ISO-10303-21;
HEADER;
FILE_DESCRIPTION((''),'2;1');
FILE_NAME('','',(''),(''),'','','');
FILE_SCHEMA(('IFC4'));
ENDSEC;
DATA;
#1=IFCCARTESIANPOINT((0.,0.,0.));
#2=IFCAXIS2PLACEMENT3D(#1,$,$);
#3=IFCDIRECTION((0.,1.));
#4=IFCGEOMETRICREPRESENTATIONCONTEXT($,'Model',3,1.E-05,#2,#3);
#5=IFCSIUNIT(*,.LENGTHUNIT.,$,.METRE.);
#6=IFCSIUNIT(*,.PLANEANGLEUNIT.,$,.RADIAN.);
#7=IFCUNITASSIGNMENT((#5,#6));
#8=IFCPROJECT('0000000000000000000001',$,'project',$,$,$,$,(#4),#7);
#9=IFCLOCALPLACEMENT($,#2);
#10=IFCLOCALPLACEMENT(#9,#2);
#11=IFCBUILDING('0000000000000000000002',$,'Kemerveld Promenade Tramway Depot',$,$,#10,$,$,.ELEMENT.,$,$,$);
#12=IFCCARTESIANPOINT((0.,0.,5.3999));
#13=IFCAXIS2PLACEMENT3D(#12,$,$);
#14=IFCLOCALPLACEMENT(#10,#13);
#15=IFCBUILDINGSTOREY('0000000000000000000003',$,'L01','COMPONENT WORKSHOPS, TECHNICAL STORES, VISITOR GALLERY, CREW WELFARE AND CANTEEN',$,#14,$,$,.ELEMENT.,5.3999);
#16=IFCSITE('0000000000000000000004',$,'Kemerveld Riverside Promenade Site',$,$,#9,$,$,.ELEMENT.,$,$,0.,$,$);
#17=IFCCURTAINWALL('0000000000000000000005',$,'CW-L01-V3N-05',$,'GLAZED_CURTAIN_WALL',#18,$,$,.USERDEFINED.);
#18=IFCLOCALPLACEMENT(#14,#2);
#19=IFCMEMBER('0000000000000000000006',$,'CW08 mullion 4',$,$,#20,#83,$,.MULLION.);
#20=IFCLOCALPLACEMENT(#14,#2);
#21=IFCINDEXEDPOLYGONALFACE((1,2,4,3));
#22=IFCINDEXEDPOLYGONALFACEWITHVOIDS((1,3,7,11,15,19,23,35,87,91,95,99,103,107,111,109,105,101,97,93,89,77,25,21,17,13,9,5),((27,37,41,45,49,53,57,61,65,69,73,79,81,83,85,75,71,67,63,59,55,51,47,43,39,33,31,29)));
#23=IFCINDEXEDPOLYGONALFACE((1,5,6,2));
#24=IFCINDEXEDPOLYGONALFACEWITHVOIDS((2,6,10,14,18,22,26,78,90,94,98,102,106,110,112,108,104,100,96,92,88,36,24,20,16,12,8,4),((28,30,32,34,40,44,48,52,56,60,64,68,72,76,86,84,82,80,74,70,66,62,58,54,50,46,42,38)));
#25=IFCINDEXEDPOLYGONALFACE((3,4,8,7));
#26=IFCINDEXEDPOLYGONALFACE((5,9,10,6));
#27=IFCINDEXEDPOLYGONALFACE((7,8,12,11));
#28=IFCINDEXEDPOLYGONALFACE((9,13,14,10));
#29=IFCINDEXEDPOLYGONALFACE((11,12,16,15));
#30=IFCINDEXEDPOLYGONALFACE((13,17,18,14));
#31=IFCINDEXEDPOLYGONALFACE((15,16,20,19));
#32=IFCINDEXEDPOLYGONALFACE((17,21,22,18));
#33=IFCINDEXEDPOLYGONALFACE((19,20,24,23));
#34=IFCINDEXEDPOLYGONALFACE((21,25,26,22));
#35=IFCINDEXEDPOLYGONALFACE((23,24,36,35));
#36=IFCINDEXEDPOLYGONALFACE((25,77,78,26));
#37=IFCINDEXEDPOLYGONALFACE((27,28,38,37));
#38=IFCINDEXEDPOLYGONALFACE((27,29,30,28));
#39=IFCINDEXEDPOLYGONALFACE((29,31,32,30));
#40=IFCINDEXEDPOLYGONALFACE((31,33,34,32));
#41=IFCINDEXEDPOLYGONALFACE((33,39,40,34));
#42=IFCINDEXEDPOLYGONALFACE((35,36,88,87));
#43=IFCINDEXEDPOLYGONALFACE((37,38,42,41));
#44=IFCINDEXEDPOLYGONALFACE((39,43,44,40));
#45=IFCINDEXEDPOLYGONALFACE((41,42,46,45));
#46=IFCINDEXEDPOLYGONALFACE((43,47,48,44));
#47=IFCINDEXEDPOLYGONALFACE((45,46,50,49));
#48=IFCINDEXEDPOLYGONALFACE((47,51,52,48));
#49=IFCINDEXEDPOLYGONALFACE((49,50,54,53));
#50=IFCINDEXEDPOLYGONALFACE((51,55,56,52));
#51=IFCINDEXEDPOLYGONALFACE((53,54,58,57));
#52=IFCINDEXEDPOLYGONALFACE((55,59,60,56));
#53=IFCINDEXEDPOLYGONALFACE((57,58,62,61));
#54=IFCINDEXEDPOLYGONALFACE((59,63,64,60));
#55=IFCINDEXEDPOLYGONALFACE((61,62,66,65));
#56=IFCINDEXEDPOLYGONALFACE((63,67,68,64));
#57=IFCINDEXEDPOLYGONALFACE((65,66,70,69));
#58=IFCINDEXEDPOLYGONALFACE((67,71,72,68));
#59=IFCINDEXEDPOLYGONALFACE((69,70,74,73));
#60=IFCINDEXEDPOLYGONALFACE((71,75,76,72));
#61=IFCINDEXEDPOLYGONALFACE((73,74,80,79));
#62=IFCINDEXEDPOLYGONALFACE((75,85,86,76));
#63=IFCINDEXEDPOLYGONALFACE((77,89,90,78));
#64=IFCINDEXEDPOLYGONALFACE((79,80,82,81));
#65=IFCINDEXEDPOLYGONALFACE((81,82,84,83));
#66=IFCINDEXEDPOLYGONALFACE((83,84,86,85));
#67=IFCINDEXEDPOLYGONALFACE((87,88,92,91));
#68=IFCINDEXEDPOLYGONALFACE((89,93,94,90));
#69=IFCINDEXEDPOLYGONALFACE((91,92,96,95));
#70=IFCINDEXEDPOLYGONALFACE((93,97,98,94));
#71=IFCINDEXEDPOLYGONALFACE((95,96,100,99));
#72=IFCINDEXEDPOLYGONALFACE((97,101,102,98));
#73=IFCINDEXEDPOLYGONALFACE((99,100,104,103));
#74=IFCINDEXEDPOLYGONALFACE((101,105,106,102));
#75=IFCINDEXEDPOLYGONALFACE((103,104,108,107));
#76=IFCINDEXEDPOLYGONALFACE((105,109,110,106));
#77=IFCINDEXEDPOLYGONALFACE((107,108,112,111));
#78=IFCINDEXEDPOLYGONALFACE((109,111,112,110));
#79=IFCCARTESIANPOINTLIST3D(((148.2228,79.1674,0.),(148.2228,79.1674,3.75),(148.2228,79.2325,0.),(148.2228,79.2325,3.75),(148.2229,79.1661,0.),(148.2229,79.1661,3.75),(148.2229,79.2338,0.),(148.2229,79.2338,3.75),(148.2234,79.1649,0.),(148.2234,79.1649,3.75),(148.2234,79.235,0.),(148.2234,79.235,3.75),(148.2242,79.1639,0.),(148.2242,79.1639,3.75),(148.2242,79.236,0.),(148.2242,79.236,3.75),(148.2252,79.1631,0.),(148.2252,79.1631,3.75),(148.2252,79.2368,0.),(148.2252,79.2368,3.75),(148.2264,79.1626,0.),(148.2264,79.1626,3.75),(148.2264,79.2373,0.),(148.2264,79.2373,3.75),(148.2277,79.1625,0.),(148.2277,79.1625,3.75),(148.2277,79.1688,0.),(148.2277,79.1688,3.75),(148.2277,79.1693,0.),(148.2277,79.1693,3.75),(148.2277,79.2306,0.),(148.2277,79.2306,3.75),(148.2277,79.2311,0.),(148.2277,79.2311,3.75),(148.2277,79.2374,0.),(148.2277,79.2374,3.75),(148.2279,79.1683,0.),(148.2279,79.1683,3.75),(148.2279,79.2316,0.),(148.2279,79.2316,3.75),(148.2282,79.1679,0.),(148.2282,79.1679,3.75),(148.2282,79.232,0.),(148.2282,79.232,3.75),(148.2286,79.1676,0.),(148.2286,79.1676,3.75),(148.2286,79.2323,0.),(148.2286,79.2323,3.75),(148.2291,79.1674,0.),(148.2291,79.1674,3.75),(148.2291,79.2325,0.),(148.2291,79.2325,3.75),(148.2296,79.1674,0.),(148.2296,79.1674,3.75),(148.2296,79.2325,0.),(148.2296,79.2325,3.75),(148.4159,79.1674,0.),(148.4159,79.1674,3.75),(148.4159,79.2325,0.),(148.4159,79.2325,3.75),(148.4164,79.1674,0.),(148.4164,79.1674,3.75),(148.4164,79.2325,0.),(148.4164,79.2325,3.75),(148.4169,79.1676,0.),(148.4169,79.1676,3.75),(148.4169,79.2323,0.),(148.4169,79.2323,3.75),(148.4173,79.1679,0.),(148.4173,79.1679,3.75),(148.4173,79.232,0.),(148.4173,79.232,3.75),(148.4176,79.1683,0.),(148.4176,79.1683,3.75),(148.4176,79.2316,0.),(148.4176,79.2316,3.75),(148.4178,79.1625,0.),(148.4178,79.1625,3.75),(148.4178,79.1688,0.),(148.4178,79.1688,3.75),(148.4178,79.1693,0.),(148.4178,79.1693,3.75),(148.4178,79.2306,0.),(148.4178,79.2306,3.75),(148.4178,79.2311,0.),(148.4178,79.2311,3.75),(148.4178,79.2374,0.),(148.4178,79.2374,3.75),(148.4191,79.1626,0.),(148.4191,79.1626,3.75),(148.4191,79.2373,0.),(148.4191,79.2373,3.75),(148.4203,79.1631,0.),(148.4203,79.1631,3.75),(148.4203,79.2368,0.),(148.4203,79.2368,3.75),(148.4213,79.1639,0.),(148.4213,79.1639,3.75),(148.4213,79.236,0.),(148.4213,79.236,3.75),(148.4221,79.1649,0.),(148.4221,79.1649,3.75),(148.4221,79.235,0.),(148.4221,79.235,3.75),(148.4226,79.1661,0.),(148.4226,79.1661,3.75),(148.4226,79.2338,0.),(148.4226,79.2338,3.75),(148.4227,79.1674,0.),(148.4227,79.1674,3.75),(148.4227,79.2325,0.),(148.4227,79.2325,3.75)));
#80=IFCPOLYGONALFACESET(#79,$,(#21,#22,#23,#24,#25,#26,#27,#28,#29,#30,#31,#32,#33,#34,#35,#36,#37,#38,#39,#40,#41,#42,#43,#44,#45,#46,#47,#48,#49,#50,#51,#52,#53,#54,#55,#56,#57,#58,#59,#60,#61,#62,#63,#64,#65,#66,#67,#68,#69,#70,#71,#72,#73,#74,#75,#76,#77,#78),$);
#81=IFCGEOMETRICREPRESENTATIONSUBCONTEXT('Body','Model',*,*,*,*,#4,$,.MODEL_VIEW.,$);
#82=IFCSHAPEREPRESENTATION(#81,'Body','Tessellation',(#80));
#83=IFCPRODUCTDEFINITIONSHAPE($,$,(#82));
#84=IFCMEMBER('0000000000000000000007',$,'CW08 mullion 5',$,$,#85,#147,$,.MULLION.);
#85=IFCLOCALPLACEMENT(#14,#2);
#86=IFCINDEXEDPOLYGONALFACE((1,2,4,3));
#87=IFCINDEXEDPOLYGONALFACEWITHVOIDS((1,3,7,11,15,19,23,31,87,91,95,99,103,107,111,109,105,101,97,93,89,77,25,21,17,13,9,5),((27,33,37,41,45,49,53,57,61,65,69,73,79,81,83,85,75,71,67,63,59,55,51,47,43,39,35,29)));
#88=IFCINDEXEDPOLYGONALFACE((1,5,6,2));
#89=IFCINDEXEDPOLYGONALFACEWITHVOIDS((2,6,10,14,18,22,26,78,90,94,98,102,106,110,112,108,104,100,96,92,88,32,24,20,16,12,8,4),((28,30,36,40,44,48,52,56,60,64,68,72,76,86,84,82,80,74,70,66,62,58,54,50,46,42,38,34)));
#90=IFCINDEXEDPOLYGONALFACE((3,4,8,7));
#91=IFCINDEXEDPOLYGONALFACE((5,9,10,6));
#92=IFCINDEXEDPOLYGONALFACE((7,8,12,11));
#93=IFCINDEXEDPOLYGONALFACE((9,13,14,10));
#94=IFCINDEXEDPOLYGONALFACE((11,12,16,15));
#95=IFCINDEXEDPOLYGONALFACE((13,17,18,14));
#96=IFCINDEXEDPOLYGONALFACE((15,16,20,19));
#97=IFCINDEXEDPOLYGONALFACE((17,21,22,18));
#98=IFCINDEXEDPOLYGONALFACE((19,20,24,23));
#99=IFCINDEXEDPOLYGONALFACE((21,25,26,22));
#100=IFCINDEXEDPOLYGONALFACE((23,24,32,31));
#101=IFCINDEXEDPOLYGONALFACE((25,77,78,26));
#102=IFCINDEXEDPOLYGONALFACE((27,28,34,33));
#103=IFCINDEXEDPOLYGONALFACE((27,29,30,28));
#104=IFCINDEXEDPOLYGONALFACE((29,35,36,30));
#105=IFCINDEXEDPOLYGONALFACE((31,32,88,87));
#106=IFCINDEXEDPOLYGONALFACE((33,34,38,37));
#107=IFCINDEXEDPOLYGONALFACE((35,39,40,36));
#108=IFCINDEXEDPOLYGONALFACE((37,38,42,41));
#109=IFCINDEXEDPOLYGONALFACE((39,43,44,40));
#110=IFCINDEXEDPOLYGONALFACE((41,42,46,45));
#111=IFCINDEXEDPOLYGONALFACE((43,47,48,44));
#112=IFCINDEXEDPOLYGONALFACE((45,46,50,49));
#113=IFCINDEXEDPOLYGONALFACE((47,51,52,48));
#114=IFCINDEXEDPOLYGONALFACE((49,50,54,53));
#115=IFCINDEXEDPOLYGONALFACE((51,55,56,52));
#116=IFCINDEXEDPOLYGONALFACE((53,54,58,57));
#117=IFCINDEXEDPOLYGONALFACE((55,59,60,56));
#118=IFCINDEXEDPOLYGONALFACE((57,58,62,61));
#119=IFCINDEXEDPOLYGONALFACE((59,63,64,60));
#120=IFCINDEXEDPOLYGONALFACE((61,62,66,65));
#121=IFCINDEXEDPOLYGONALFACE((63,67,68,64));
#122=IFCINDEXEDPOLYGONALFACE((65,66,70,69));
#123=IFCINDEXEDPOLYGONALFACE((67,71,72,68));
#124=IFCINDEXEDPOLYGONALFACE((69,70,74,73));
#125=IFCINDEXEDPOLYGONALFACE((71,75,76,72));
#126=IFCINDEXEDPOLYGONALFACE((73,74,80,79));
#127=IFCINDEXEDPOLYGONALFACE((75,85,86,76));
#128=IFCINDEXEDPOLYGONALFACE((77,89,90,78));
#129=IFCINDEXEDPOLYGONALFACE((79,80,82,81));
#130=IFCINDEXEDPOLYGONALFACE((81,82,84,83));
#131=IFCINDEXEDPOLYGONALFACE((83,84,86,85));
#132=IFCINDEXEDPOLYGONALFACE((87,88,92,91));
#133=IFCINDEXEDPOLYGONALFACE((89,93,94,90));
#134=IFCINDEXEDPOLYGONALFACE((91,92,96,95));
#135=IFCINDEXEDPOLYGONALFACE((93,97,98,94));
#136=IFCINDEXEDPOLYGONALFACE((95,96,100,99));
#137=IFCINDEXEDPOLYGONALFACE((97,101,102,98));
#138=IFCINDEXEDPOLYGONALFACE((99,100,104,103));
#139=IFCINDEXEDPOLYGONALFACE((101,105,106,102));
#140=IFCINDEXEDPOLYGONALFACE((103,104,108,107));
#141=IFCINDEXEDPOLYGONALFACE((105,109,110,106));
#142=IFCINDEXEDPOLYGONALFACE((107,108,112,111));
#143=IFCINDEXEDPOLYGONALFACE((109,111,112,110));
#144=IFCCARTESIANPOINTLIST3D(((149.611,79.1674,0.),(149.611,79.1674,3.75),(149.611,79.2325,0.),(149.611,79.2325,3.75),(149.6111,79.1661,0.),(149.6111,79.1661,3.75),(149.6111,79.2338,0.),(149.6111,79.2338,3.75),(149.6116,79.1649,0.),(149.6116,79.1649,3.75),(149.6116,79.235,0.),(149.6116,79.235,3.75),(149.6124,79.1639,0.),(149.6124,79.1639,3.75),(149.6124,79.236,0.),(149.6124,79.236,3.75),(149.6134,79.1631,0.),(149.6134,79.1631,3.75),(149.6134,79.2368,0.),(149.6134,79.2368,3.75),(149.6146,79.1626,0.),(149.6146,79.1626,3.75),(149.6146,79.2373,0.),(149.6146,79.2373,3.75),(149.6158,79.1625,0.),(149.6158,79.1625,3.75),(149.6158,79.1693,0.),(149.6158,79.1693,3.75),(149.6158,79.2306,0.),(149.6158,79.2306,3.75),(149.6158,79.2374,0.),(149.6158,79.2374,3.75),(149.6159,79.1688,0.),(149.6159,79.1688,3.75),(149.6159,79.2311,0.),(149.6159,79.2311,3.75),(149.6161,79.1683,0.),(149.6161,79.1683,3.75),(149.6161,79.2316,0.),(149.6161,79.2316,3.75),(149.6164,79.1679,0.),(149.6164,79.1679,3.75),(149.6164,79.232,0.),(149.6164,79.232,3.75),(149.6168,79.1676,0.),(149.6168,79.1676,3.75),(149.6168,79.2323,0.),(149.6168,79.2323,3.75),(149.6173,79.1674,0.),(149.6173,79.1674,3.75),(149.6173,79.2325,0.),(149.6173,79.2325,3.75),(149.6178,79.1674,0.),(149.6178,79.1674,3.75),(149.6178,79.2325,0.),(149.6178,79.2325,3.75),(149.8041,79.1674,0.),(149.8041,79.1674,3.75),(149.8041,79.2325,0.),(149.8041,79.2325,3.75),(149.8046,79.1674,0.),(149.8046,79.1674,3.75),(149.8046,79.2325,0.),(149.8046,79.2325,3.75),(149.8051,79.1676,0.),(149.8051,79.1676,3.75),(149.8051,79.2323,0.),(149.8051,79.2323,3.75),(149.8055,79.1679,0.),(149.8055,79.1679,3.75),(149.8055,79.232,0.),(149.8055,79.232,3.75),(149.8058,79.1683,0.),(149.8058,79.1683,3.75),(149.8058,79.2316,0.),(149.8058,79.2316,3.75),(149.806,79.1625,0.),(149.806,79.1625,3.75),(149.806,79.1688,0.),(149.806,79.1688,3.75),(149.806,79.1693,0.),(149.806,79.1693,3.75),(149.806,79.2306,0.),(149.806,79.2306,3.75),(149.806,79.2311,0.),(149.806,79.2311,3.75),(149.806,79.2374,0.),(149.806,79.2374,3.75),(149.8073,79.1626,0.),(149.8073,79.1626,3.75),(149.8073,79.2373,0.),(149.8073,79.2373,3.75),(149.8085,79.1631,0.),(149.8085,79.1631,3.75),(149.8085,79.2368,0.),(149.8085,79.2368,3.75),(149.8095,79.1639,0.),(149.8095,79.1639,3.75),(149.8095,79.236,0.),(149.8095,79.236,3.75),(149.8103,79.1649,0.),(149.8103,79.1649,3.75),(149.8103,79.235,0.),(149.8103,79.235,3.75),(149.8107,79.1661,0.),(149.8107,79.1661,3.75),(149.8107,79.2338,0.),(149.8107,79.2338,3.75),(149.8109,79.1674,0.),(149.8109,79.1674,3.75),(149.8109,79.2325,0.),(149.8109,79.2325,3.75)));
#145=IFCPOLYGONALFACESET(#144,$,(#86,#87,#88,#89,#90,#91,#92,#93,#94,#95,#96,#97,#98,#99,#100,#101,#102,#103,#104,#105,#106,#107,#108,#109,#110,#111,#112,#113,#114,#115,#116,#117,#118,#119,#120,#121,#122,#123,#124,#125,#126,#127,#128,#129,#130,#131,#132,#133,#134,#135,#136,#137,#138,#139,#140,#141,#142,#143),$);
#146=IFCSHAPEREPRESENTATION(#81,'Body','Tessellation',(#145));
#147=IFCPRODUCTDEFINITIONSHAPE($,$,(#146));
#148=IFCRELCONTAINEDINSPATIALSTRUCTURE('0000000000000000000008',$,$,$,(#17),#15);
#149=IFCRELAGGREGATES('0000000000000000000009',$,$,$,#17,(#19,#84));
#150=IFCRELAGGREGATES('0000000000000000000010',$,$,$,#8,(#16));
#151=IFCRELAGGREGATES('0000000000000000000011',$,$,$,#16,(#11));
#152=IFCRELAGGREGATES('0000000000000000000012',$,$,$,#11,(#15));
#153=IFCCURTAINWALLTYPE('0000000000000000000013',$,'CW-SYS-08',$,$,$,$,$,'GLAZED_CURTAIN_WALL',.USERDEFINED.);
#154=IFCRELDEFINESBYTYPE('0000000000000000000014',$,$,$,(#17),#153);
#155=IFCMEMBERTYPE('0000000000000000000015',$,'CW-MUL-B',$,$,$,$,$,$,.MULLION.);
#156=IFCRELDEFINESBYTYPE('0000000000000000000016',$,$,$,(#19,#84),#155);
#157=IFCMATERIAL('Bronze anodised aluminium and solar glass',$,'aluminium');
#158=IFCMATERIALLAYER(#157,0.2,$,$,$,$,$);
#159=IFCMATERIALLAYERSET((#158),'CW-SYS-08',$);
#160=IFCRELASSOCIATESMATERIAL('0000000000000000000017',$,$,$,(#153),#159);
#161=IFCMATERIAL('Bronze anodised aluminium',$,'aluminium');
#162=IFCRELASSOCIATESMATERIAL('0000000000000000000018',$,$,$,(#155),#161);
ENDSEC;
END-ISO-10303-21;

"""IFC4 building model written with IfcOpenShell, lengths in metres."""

from ifc_helpers import new_model, si_unit, direction, frame, origin, origin_2d, place, context, subcontext, project, spatial, hollow_rectangle, extrude, material, layer, layer_set, material_profile, profile_set, type_object, element, aggregate, save


model = new_model("IFC4")

# Units and contexts
model_context = context("Model", 3, precision=1e-05, world=origin(), true_north=direction((0.0, 1.0)))
body_context = subcontext(model_context, "Body", "Model", "MODEL_VIEW")
ifc_project = project(units=[si_unit("LENGTHUNIT", "METRE"), si_unit("PLANEANGLEUNIT", "RADIAN")], contexts=[model_context])

# Site, building, storey
site_placement = place(None, origin())
site = spatial("IfcSite", under=ifc_project, at=site_placement, Name="Kemerveld Riverside Promenade Site", CompositionType="ELEMENT", RefElevation=0.0)
building_placement = place(site_placement, origin())
building = spatial("IfcBuilding", under=site, at=building_placement, Name="Kemerveld Promenade Tramway Depot", CompositionType="ELEMENT")
storey_placement = place(building_placement, frame((0.0, 0.0, 5.3999)))
storey = spatial("IfcBuildingStorey", under=building, at=storey_placement, Name="L01", Description="COMPONENT WORKSHOPS, TECHNICAL STORES, VISITOR GALLERY, CREW WELFARE AND CANTEEN", CompositionType="ELEMENT", Elevation=5.3999)

# Curtain wall, members
ifc_material_1 = material(Name="Bronze anodised aluminium and solar glass", Category="aluminium")
ifc_layer_1 = layer(ifc_material_1, 0.2)
ifc_layer_set_1 = layer_set([ifc_layer_1], Name="CW-SYS-08")
curtain_wall_type = type_object("IfcCurtainWallType", Name="CW-SYS-08", ElementType="GLAZED_CURTAIN_WALL", PredefinedType="USERDEFINED", material=ifc_layer_set_1)
curtain_wall_placement = place(storey_placement, origin())
curtain_wall = element("IfcCurtainWall", 1, at=curtain_wall_placement, inside=storey, type_object=curtain_wall_type, Name="CW-L01-V3N-05", ObjectType="GLAZED_CURTAIN_WALL", PredefinedType="USERDEFINED")
ifc_material_2 = material(Name="Bronze anodised aluminium", Category="aluminium")
ifc_material_profile_1 = material_profile(ifc_material_2, hollow_rectangle(XDim=0.075, YDim=0.2, WallThickness=0.0049, InnerFilletRadius=0.002, OuterFilletRadius=0.0049, at=origin_2d()), Name="CW-MUL-200x75")
ifc_profile_set_1 = profile_set([ifc_material_profile_1], Name="Bronze anodised aluminium")
member_type_1 = type_object("IfcMemberType", Name="CW-MUL-B", PredefinedType="MULLION", material=ifc_profile_set_1)
member_1_placement = place(storey_placement, frame((148.3228, 79.2, 0.0), z_axis=(0.0, 0.0, 1.0), x_axis=(0.0, 1.0, 0.0)))
member_1 = element("IfcMember", 2, at=member_1_placement, type_object=member_type_1, Name="CW08 mullion 4", PredefinedType="MULLION", context=body_context, shape_type="SweptSolid", body=[
    extrude(hollow_rectangle(XDim=0.075, YDim=0.2, WallThickness=0.0049, InnerFilletRadius=0.002, OuterFilletRadius=0.0049, at=origin_2d()), origin(), (0.0, 0.0, 1.0), 3.75),
])
member_2_placement = place(storey_placement, frame((149.7109, 79.2, 0.0), z_axis=(0.0, 0.0, 1.0), x_axis=(0.0, 1.0, 0.0)))
member_2 = element("IfcMember", 3, at=member_2_placement, type_object=member_type_1, Name="CW08 mullion 5", PredefinedType="MULLION", context=body_context, shape_type="SweptSolid", body=[
    extrude(hollow_rectangle(XDim=0.075, YDim=0.2, WallThickness=0.0049, InnerFilletRadius=0.002, OuterFilletRadius=0.0049, at=origin_2d()), origin(), (0.0, 0.0, 1.0), 3.75),
])
aggregate(curtain_wall, [member_1, member_2])

save(model, "model.ifc")
